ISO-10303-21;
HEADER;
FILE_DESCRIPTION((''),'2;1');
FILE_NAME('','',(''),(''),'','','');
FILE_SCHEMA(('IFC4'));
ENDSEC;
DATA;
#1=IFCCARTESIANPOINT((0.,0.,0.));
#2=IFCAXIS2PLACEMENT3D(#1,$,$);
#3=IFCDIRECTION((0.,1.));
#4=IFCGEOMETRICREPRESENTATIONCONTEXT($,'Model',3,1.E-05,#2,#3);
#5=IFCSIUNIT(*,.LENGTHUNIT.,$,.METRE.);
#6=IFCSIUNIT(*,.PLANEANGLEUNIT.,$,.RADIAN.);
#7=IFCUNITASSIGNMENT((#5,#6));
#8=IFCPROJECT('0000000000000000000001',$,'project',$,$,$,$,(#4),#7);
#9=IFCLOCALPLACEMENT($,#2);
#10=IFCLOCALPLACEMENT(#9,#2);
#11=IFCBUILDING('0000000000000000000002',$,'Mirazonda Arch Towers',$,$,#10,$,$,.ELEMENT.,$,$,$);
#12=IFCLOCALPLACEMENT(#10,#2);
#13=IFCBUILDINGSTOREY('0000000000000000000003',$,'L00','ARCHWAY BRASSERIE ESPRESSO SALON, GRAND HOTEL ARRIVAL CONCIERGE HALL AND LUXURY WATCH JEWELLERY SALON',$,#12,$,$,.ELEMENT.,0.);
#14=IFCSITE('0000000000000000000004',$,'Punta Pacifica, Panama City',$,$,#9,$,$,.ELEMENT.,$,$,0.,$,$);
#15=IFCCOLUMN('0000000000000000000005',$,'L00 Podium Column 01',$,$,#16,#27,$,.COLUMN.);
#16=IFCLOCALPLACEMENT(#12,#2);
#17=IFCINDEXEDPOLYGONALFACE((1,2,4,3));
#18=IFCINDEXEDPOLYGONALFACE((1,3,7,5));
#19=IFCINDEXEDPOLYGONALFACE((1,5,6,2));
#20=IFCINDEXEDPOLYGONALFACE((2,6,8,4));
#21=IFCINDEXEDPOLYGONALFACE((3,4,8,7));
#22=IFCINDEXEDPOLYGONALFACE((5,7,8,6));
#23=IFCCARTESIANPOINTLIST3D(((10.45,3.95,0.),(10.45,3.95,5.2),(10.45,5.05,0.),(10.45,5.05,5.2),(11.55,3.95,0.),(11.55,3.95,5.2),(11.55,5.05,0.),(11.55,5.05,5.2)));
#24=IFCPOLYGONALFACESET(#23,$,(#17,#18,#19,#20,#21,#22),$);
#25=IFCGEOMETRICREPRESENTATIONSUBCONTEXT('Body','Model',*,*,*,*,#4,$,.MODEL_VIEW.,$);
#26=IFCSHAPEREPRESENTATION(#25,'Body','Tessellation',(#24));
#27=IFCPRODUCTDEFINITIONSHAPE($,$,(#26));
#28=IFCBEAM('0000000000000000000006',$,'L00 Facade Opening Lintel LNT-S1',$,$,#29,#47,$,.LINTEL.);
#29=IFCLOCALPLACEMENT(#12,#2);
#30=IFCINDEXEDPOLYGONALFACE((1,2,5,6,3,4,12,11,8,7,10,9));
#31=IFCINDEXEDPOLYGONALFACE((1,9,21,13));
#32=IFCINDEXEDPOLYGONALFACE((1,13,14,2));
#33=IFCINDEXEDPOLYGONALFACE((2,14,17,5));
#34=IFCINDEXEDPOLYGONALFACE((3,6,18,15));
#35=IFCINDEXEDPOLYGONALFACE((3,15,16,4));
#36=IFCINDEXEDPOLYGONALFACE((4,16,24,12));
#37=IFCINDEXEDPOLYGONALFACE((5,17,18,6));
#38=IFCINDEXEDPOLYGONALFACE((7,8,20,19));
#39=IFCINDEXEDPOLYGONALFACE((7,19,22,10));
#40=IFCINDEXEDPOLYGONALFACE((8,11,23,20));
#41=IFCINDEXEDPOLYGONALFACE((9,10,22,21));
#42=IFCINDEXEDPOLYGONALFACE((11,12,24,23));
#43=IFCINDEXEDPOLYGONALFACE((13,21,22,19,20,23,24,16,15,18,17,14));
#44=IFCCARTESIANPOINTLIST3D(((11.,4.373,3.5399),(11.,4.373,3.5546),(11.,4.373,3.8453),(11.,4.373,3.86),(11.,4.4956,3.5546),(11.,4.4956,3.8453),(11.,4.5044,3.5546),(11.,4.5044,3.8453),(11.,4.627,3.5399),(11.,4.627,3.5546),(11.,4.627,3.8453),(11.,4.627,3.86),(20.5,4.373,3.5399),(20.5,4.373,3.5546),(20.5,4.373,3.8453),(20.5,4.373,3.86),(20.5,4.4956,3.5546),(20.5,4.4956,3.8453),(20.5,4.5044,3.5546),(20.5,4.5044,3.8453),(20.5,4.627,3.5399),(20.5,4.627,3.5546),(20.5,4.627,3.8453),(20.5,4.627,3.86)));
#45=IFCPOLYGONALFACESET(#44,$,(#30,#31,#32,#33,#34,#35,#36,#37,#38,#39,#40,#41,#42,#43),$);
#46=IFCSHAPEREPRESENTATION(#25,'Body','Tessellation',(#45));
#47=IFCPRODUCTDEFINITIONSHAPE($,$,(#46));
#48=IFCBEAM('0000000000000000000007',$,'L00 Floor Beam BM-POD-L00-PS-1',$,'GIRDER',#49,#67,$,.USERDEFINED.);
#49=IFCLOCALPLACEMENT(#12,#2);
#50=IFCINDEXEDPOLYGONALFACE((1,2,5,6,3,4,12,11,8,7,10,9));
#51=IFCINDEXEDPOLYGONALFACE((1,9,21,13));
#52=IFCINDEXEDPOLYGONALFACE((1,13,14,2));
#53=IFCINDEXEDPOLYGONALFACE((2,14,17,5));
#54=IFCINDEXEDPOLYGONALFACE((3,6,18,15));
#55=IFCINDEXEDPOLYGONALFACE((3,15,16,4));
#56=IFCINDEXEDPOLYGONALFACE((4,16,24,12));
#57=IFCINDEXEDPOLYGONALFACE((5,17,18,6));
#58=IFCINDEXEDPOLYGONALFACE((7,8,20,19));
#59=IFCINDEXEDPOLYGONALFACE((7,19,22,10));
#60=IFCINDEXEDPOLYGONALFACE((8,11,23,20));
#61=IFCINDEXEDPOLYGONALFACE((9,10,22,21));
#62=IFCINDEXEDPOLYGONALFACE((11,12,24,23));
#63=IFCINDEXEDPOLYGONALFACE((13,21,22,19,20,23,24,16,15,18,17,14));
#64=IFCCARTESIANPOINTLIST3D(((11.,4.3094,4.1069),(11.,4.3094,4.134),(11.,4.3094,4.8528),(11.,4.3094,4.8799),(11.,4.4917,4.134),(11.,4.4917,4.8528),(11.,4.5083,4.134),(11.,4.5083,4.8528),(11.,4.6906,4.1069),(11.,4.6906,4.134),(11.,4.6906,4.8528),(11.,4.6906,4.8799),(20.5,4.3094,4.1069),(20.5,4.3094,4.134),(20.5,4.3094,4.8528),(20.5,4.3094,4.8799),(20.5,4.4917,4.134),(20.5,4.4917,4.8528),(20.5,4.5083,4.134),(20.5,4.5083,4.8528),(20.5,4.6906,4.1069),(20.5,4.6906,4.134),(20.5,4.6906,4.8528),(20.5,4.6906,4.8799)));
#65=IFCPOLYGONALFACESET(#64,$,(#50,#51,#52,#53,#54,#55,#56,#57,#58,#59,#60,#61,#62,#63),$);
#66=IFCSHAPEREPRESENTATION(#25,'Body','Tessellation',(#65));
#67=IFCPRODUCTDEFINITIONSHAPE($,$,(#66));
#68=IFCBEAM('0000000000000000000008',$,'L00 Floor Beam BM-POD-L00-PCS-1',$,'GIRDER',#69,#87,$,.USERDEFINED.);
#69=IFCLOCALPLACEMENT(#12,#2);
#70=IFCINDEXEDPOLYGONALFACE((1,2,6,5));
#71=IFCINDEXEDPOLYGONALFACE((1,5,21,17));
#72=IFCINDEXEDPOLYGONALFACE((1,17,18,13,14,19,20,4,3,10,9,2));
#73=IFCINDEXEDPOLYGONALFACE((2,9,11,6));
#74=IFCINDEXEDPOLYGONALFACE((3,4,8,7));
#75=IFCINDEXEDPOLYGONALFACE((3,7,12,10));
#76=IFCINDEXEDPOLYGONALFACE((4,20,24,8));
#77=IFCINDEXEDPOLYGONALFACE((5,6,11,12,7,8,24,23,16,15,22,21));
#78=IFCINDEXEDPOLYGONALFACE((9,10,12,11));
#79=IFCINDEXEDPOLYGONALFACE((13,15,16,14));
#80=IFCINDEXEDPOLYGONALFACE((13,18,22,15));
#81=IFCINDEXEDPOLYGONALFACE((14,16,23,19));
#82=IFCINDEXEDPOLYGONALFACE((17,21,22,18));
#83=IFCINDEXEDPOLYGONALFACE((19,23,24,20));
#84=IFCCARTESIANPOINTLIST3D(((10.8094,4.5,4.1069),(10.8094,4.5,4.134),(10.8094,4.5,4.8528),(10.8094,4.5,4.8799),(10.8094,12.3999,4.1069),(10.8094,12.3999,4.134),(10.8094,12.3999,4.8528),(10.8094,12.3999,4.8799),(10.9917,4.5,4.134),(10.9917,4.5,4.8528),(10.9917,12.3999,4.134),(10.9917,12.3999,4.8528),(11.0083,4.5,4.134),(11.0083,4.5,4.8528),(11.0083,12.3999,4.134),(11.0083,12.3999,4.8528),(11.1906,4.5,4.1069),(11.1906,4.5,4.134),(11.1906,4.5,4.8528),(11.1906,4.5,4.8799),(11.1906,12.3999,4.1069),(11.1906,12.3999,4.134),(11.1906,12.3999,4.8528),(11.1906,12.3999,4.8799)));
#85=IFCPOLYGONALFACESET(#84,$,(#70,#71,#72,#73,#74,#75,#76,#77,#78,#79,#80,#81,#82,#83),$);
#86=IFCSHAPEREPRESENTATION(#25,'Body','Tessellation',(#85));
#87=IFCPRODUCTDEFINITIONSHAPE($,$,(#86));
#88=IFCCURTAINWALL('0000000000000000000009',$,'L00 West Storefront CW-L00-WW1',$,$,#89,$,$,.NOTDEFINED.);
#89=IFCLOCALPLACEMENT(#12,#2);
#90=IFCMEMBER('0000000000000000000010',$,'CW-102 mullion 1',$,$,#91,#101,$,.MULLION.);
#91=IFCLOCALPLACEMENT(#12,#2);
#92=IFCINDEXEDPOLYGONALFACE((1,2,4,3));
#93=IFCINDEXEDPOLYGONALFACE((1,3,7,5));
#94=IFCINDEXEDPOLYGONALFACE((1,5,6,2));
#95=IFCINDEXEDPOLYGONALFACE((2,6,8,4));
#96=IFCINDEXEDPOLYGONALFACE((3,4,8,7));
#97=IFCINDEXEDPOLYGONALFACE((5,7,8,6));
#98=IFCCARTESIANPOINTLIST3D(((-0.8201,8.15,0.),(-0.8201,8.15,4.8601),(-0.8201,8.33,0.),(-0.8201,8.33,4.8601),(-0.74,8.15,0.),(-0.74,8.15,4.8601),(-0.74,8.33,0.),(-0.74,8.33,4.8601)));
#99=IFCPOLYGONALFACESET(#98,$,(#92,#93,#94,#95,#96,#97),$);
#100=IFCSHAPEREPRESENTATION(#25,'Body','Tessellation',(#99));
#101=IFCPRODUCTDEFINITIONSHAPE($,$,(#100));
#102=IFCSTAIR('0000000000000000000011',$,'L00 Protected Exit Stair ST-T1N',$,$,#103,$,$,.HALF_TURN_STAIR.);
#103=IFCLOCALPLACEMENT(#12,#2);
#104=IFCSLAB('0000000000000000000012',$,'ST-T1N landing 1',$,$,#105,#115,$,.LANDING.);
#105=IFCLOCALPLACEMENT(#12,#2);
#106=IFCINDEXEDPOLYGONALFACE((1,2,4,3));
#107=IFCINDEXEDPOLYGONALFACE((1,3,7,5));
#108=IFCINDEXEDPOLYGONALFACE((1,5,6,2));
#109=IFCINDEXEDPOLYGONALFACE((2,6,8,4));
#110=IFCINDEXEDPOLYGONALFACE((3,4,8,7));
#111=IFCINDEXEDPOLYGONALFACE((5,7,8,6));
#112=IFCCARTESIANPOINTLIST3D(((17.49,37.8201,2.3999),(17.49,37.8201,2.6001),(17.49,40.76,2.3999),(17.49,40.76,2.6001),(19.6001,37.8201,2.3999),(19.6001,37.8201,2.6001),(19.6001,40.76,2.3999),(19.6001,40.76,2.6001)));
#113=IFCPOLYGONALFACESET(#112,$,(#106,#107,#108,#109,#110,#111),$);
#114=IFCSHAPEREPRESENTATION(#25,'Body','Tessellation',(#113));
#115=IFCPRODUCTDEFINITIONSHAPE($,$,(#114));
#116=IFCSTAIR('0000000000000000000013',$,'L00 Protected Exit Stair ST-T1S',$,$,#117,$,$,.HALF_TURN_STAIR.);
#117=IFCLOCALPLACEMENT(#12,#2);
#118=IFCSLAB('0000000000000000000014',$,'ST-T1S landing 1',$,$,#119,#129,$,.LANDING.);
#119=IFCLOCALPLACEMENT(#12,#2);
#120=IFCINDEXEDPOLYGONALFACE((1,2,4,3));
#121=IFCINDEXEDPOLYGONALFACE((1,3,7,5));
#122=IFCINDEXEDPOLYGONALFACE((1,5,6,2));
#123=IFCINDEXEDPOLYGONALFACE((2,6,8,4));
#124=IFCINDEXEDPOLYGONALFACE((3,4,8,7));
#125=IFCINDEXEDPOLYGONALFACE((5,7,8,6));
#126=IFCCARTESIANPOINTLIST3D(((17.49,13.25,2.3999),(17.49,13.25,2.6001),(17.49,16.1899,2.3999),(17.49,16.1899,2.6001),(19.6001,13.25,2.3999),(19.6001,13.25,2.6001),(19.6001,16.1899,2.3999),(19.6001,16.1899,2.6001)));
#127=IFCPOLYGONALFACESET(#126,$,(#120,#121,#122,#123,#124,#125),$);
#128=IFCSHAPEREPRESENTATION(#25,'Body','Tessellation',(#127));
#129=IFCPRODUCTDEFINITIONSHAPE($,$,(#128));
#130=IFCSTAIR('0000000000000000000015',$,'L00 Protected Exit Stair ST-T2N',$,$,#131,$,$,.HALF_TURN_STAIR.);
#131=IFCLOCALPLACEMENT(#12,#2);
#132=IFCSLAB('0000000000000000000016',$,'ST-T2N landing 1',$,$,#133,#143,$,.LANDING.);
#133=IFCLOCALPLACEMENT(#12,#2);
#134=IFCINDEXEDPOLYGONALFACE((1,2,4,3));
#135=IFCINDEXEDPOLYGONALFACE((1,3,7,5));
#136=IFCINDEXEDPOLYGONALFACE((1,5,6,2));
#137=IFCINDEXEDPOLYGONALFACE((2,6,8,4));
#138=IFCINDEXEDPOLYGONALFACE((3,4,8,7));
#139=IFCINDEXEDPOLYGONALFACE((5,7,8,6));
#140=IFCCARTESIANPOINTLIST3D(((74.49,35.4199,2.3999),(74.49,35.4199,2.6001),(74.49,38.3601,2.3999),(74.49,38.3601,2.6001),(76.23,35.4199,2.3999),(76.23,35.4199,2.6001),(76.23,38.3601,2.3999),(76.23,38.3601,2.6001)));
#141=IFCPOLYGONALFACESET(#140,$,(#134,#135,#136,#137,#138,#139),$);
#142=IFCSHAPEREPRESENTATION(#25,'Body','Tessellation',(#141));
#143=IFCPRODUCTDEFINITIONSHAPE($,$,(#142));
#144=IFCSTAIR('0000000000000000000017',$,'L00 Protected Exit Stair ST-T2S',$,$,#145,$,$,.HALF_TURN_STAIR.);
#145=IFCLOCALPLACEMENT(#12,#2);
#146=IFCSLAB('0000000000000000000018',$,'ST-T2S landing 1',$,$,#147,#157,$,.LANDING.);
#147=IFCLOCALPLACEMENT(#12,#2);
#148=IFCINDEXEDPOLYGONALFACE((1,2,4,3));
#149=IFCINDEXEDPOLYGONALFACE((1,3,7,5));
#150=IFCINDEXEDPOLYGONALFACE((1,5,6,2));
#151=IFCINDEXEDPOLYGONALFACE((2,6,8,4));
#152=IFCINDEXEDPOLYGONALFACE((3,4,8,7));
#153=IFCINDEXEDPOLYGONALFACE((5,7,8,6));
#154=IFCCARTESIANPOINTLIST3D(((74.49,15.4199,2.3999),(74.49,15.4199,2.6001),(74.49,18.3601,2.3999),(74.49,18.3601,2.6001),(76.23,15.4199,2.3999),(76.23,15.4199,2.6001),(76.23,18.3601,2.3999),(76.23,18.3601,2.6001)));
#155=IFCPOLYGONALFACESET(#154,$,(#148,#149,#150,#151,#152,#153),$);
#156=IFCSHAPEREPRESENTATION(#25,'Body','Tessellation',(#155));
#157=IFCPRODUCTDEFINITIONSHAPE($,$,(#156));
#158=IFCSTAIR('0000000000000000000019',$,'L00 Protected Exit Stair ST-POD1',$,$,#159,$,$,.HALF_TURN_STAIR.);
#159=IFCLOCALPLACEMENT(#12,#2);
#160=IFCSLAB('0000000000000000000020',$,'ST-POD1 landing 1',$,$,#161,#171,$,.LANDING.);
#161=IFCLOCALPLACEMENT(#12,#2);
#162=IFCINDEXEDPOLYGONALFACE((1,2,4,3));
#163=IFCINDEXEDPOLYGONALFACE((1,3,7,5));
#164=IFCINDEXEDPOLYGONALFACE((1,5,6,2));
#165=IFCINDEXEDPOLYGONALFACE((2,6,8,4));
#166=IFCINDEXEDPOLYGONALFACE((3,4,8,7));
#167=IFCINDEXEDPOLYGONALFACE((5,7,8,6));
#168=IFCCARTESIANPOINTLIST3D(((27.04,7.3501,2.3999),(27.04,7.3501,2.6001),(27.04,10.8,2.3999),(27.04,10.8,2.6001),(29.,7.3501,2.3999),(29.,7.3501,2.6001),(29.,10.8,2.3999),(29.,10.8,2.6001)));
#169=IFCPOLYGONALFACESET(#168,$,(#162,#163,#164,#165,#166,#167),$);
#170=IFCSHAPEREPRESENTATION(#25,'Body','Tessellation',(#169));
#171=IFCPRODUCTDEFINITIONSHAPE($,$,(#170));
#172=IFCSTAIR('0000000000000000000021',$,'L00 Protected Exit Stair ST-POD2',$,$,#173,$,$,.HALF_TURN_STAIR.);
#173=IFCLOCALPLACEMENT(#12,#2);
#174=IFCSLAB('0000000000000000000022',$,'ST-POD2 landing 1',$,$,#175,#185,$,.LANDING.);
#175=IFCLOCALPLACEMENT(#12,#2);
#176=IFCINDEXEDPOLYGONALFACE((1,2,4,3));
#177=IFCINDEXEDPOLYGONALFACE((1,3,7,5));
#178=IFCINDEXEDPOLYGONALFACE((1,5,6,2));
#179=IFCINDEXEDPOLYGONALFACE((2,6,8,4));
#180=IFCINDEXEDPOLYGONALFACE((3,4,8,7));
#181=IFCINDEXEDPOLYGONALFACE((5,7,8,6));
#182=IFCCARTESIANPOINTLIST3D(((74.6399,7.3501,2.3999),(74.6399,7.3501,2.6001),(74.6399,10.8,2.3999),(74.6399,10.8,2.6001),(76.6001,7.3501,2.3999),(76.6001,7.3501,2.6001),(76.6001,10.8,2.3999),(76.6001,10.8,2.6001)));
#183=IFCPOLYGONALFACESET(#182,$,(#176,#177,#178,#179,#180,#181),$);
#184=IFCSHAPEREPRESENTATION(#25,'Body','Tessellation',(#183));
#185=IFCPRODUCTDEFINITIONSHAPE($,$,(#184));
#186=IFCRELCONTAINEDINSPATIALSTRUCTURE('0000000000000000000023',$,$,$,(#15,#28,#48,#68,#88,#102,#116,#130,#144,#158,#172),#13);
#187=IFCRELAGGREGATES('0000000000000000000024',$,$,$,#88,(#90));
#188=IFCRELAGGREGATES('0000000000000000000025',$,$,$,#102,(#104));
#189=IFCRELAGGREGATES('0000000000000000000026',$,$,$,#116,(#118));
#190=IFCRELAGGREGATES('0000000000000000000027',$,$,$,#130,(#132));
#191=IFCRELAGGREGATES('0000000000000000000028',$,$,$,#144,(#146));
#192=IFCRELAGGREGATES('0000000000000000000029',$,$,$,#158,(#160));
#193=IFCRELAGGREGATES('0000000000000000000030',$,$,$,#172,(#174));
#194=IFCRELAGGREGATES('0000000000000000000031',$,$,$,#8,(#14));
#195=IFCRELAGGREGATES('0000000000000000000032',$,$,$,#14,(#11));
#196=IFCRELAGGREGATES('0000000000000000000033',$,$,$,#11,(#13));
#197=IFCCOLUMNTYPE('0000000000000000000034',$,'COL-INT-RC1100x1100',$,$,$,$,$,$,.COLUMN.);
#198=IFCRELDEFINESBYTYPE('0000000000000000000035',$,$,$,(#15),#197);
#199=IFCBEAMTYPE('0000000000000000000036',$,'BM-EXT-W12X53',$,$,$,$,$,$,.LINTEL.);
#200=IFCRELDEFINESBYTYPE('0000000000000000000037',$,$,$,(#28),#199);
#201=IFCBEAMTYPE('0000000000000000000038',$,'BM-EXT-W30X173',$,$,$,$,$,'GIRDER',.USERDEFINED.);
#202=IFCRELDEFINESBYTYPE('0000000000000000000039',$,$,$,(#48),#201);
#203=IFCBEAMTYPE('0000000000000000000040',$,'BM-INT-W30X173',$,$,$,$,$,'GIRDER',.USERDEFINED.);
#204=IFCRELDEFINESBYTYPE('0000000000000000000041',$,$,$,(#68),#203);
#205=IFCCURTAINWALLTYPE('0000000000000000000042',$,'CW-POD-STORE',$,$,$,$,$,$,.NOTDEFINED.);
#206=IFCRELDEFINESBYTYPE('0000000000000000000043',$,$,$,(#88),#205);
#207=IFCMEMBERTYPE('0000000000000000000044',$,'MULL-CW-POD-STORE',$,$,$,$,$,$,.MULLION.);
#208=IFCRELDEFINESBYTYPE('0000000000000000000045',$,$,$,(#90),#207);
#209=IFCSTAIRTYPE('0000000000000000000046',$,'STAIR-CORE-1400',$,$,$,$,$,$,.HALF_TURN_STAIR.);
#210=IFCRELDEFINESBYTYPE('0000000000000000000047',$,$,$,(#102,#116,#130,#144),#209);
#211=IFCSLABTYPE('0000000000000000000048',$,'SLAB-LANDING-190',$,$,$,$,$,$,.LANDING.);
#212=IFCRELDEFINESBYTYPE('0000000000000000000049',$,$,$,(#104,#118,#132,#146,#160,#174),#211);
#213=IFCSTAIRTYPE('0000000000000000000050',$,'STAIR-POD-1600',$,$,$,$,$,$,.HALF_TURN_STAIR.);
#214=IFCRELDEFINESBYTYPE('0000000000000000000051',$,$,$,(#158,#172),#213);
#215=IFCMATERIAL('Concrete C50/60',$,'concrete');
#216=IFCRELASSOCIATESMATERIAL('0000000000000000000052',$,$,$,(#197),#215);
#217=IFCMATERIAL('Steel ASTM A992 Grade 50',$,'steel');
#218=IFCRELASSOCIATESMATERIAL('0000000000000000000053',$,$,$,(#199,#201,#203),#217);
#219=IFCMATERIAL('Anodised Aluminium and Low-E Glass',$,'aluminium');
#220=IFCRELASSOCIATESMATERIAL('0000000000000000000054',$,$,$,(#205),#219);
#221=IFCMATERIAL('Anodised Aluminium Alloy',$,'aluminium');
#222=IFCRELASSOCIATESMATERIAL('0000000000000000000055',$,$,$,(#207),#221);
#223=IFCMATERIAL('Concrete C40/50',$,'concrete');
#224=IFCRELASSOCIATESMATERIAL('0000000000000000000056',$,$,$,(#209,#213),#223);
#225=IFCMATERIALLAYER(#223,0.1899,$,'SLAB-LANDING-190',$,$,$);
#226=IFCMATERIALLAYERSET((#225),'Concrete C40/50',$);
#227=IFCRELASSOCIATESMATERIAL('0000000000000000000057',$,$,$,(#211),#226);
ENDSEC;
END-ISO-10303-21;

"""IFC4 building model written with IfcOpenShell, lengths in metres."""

from ifc_helpers import new_model, si_unit, direction, frame, origin, origin_2d, place, context, subcontext, project, spatial, polyline, rectangle, i_section, outline, extrude, material, layer, layer_set, material_profile, profile_set, type_object, element, aggregate, save


model = new_model("IFC4")

# Units and contexts
model_context = context("Model", 3, precision=1e-05, world=origin(), true_north=direction((0.0, 1.0)))
body_context = subcontext(model_context, "Body", "Model", "MODEL_VIEW")
ifc_project = project(units=[si_unit("LENGTHUNIT", "METRE"), si_unit("PLANEANGLEUNIT", "RADIAN")], contexts=[model_context])

# Site, building, storey
site_placement = place(None, origin())
site = spatial("IfcSite", under=ifc_project, at=site_placement, Name="Punta Pacifica, Panama City", CompositionType="ELEMENT", RefElevation=0.0)
building_placement = place(site_placement, origin())
building = spatial("IfcBuilding", under=site, at=building_placement, Name="Mirazonda Arch Towers", CompositionType="ELEMENT")
storey_placement = place(building_placement, origin())
storey = spatial("IfcBuildingStorey", under=building, at=storey_placement, Name="L00", Description="ARCHWAY BRASSERIE ESPRESSO SALON, GRAND HOTEL ARRIVAL CONCIERGE HALL AND LUXURY WATCH JEWELLERY SALON", CompositionType="ELEMENT", Elevation=0.0)

# Column
ifc_material_1 = material(Name="Concrete C50/60", Category="concrete")
ifc_material_profile_1 = material_profile(ifc_material_1, rectangle(XDim=1.1001, YDim=1.1001, at=origin_2d()), Name="RC1100x1100")
ifc_profile_set_1 = profile_set([ifc_material_profile_1], Name="Concrete C50/60")
column_type = type_object("IfcColumnType", Name="COL-INT-RC1100x1100", PredefinedType="COLUMN", material=ifc_profile_set_1)
column_placement = place(storey_placement, frame((11.0, 4.5, 0.0), z_axis=(0.0, 0.0, 1.0), x_axis=(1.0, 0.0, 0.0)))
element("IfcColumn", 1, at=column_placement, inside=storey, type_object=column_type, Name="L00 Podium Column 01", PredefinedType="COLUMN", context=body_context, shape_type="SweptSolid", body=[
    extrude(rectangle(XDim=1.1001, YDim=1.1001, at=origin_2d()), origin(), (0.0, 0.0, 1.0), 5.2),
])

# Beams
ifc_material_2 = material(Name="Steel ASTM A992 Grade 50", Category="steel")
ifc_material_profile_2 = material_profile(ifc_material_2, i_section(OverallWidth=0.2539, OverallDepth=0.3201, WebThickness=0.0088, FlangeThickness=0.0146, at=origin_2d()), Name="W12X53")
ifc_profile_set_2 = profile_set([ifc_material_profile_2], Name="Steel ASTM A992 Grade 50")
beam_type_1 = type_object("IfcBeamType", Name="BM-EXT-W12X53", PredefinedType="LINTEL", material=ifc_profile_set_2)
beam_1_placement = place(storey_placement, frame((11.0, 4.5, 3.7), z_axis=(1.0, 0.0, 0.0), x_axis=(0.0, 1.0, 0.0)))
element("IfcBeam", 2, at=beam_1_placement, inside=storey, type_object=beam_type_1, Name="L00 Facade Opening Lintel LNT-S1", PredefinedType="LINTEL", context=body_context, shape_type="SweptSolid", body=[
    extrude(i_section(OverallWidth=0.2539, OverallDepth=0.3201, WebThickness=0.0088, FlangeThickness=0.0146, at=origin_2d()), origin(), (0.0, 0.0, 1.0), 9.5),
])
ifc_material_profile_3 = material_profile(ifc_material_2, i_section(OverallWidth=0.3811, OverallDepth=0.7729, WebThickness=0.0166, FlangeThickness=0.0271, at=origin_2d()), Name="W30X173")
ifc_profile_set_3 = profile_set([ifc_material_profile_3], Name="Steel ASTM A992 Grade 50")
beam_type_2 = type_object("IfcBeamType", Name="BM-EXT-W30X173", ElementType="GIRDER", PredefinedType="USERDEFINED", material=ifc_profile_set_3)
beam_2_placement = place(storey_placement, frame((11.0, 4.5, 4.4934), z_axis=(1.0, 0.0, 0.0), x_axis=(0.0, 1.0, 0.0)))
element("IfcBeam", 3, at=beam_2_placement, inside=storey, type_object=beam_type_2, Name="L00 Floor Beam BM-POD-L00-PS-1", ObjectType="GIRDER", PredefinedType="USERDEFINED", context=body_context, shape_type="SweptSolid", body=[
    extrude(i_section(OverallWidth=0.3811, OverallDepth=0.7729, WebThickness=0.0166, FlangeThickness=0.0271, at=origin_2d()), origin(), (0.0, 0.0, 1.0), 9.5),
])
ifc_material_profile_4 = material_profile(ifc_material_2, i_section(OverallWidth=0.3811, OverallDepth=0.7729, WebThickness=0.0166, FlangeThickness=0.0271, at=origin_2d()), Name="W30X173")
ifc_profile_set_4 = profile_set([ifc_material_profile_4], Name="Steel ASTM A992 Grade 50")
beam_type_3 = type_object("IfcBeamType", Name="BM-INT-W30X173", ElementType="GIRDER", PredefinedType="USERDEFINED", material=ifc_profile_set_4)
beam_3_placement = place(storey_placement, frame((11.0, 4.5, 4.4934), z_axis=(0.0, 1.0, 0.0), x_axis=(-1.0, 0.0, 0.0)))
element("IfcBeam", 4, at=beam_3_placement, inside=storey, type_object=beam_type_3, Name="L00 Floor Beam BM-POD-L00-PCS-1", ObjectType="GIRDER", PredefinedType="USERDEFINED", context=body_context, shape_type="SweptSolid", body=[
    extrude(i_section(OverallWidth=0.3811, OverallDepth=0.7729, WebThickness=0.0166, FlangeThickness=0.0271, at=origin_2d()), origin(), (0.0, 0.0, 1.0), 7.8999),
])

# Curtain wall, member
ifc_material_3 = material(Name="Anodised Aluminium and Low-E Glass", Category="aluminium")
curtain_wall_type = type_object("IfcCurtainWallType", Name="CW-POD-STORE", PredefinedType="NOTDEFINED", material=ifc_material_3)
curtain_wall_placement = place(storey_placement, origin())
curtain_wall = element("IfcCurtainWall", 5, at=curtain_wall_placement, inside=storey, type_object=curtain_wall_type, Name="L00 West Storefront CW-L00-WW1", PredefinedType="NOTDEFINED")
ifc_material_4 = material(Name="Anodised Aluminium Alloy", Category="aluminium")
ifc_material_profile_5 = material_profile(ifc_material_4, rectangle(XDim=0.0801, YDim=0.1799, at=origin_2d()), Name="ALU-MULL-80x180")
ifc_profile_set_5 = profile_set([ifc_material_profile_5], Name="Anodised Aluminium Alloy")
member_type = type_object("IfcMemberType", Name="MULL-CW-POD-STORE", PredefinedType="MULLION", material=ifc_profile_set_5)
member_placement = place(storey_placement, frame((-0.78, 8.24, 0.0), z_axis=(0.0, 0.0, 1.0), x_axis=(-1.0, 0.0, 0.0)))
member = element("IfcMember", 6, at=member_placement, type_object=member_type, Name="CW-102 mullion 1", PredefinedType="MULLION", context=body_context, shape_type="SweptSolid", body=[
    extrude(rectangle(XDim=0.0801, YDim=0.1799, at=origin_2d()), origin(), (0.0, 0.0, 1.0), 4.8601),
])
aggregate(curtain_wall, [member])

# Stairs, slabs
ifc_material_5 = material(Name="Concrete C40/50", Category="concrete")
stair_type_1 = type_object("IfcStairType", Name="STAIR-CORE-1400", PredefinedType="HALF_TURN_STAIR", material=ifc_material_5)
stair_1_placement = place(storey_placement, origin())
stair_1 = element("IfcStair", 7, at=stair_1_placement, inside=storey, type_object=stair_type_1, Name="L00 Protected Exit Stair ST-T1N", PredefinedType="HALF_TURN_STAIR")
ifc_layer_1 = layer(ifc_material_5, 0.1899, Name="SLAB-LANDING-190")
ifc_layer_set_1 = layer_set([ifc_layer_1], Name="Concrete C40/50")
slab_type_1 = type_object("IfcSlabType", Name="SLAB-LANDING-190", PredefinedType="LANDING", material=ifc_layer_set_1)
slab_1_placement = place(storey_placement, frame((0.0, 0.0, 2.3999)))
slab_1 = element("IfcSlab", 8, at=slab_1_placement, type_object=slab_type_1, Name="ST-T1N landing 1", PredefinedType="LANDING", context=body_context, shape_type="SweptSolid", body=[
    extrude(outline(polyline([(17.49, 37.8201), (19.6001, 37.8201), (19.6001, 40.76), (17.49, 40.76), (17.49, 37.8201)])), origin(), (0.0, 0.0, 1.0), 0.2002),
])
aggregate(stair_1, [slab_1])
stair_2_placement = place(storey_placement, origin())
stair_2 = element("IfcStair", 9, at=stair_2_placement, inside=storey, type_object=stair_type_1, Name="L00 Protected Exit Stair ST-T1S", PredefinedType="HALF_TURN_STAIR")
slab_2_placement = place(storey_placement, frame((0.0, 0.0, 2.3999)))
slab_2 = element("IfcSlab", 10, at=slab_2_placement, type_object=slab_type_1, Name="ST-T1S landing 1", PredefinedType="LANDING", context=body_context, shape_type="SweptSolid", body=[
    extrude(outline(polyline([(17.49, 13.25), (19.6001, 13.25), (19.6001, 16.1899), (17.49, 16.1899), (17.49, 13.25)])), origin(), (0.0, 0.0, 1.0), 0.2002),
])
aggregate(stair_2, [slab_2])
stair_3_placement = place(storey_placement, origin())
stair_3 = element("IfcStair", 11, at=stair_3_placement, inside=storey, type_object=stair_type_1, Name="L00 Protected Exit Stair ST-T2N", PredefinedType="HALF_TURN_STAIR")
slab_3_placement = place(storey_placement, frame((0.0, 0.0, 2.3999)))
slab_3 = element("IfcSlab", 12, at=slab_3_placement, type_object=slab_type_1, Name="ST-T2N landing 1", PredefinedType="LANDING", context=body_context, shape_type="SweptSolid", body=[
    extrude(outline(polyline([(74.49, 35.4199), (76.23, 35.4199), (76.23, 38.3601), (74.49, 38.3601), (74.49, 35.4199)])), origin(), (0.0, 0.0, 1.0), 0.2002),
])
aggregate(stair_3, [slab_3])
stair_4_placement = place(storey_placement, origin())
stair_4 = element("IfcStair", 13, at=stair_4_placement, inside=storey, type_object=stair_type_1, Name="L00 Protected Exit Stair ST-T2S", PredefinedType="HALF_TURN_STAIR")
slab_4_placement = place(storey_placement, frame((0.0, 0.0, 2.3999)))
slab_4 = element("IfcSlab", 14, at=slab_4_placement, type_object=slab_type_1, Name="ST-T2S landing 1", PredefinedType="LANDING", context=body_context, shape_type="SweptSolid", body=[
    extrude(outline(polyline([(74.49, 15.4199), (76.23, 15.4199), (76.23, 18.3601), (74.49, 18.3601), (74.49, 15.4199)])), origin(), (0.0, 0.0, 1.0), 0.2002),
])
aggregate(stair_4, [slab_4])
stair_type_2 = type_object("IfcStairType", Name="STAIR-POD-1600", PredefinedType="HALF_TURN_STAIR", material=ifc_material_5)
stair_5_placement = place(storey_placement, origin())
stair_5 = element("IfcStair", 15, at=stair_5_placement, inside=storey, type_object=stair_type_2, Name="L00 Protected Exit Stair ST-POD1", PredefinedType="HALF_TURN_STAIR")
slab_5_placement = place(storey_placement, frame((0.0, 0.0, 2.3999)))
slab_5 = element("IfcSlab", 16, at=slab_5_placement, type_object=slab_type_1, Name="ST-POD1 landing 1", PredefinedType="LANDING", context=body_context, shape_type="SweptSolid", body=[
    extrude(outline(polyline([(27.04, 7.3501), (29.0, 7.3501), (29.0, 10.8), (27.04, 10.8), (27.04, 7.3501)])), origin(), (0.0, 0.0, 1.0), 0.2002),
])
aggregate(stair_5, [slab_5])
stair_6_placement = place(storey_placement, origin())
stair_6 = element("IfcStair", 17, at=stair_6_placement, inside=storey, type_object=stair_type_2, Name="L00 Protected Exit Stair ST-POD2", PredefinedType="HALF_TURN_STAIR")
slab_6_placement = place(storey_placement, frame((0.0, 0.0, 2.3999)))
slab_6 = element("IfcSlab", 18, at=slab_6_placement, type_object=slab_type_1, Name="ST-POD2 landing 1", PredefinedType="LANDING", context=body_context, shape_type="SweptSolid", body=[
    extrude(outline(polyline([(74.6399, 7.3501), (76.6001, 7.3501), (76.6001, 10.8), (74.6399, 10.8), (74.6399, 7.3501)])), origin(), (0.0, 0.0, 1.0), 0.2002),
])
aggregate(stair_6, [slab_6])

save(model, "model.ifc")
